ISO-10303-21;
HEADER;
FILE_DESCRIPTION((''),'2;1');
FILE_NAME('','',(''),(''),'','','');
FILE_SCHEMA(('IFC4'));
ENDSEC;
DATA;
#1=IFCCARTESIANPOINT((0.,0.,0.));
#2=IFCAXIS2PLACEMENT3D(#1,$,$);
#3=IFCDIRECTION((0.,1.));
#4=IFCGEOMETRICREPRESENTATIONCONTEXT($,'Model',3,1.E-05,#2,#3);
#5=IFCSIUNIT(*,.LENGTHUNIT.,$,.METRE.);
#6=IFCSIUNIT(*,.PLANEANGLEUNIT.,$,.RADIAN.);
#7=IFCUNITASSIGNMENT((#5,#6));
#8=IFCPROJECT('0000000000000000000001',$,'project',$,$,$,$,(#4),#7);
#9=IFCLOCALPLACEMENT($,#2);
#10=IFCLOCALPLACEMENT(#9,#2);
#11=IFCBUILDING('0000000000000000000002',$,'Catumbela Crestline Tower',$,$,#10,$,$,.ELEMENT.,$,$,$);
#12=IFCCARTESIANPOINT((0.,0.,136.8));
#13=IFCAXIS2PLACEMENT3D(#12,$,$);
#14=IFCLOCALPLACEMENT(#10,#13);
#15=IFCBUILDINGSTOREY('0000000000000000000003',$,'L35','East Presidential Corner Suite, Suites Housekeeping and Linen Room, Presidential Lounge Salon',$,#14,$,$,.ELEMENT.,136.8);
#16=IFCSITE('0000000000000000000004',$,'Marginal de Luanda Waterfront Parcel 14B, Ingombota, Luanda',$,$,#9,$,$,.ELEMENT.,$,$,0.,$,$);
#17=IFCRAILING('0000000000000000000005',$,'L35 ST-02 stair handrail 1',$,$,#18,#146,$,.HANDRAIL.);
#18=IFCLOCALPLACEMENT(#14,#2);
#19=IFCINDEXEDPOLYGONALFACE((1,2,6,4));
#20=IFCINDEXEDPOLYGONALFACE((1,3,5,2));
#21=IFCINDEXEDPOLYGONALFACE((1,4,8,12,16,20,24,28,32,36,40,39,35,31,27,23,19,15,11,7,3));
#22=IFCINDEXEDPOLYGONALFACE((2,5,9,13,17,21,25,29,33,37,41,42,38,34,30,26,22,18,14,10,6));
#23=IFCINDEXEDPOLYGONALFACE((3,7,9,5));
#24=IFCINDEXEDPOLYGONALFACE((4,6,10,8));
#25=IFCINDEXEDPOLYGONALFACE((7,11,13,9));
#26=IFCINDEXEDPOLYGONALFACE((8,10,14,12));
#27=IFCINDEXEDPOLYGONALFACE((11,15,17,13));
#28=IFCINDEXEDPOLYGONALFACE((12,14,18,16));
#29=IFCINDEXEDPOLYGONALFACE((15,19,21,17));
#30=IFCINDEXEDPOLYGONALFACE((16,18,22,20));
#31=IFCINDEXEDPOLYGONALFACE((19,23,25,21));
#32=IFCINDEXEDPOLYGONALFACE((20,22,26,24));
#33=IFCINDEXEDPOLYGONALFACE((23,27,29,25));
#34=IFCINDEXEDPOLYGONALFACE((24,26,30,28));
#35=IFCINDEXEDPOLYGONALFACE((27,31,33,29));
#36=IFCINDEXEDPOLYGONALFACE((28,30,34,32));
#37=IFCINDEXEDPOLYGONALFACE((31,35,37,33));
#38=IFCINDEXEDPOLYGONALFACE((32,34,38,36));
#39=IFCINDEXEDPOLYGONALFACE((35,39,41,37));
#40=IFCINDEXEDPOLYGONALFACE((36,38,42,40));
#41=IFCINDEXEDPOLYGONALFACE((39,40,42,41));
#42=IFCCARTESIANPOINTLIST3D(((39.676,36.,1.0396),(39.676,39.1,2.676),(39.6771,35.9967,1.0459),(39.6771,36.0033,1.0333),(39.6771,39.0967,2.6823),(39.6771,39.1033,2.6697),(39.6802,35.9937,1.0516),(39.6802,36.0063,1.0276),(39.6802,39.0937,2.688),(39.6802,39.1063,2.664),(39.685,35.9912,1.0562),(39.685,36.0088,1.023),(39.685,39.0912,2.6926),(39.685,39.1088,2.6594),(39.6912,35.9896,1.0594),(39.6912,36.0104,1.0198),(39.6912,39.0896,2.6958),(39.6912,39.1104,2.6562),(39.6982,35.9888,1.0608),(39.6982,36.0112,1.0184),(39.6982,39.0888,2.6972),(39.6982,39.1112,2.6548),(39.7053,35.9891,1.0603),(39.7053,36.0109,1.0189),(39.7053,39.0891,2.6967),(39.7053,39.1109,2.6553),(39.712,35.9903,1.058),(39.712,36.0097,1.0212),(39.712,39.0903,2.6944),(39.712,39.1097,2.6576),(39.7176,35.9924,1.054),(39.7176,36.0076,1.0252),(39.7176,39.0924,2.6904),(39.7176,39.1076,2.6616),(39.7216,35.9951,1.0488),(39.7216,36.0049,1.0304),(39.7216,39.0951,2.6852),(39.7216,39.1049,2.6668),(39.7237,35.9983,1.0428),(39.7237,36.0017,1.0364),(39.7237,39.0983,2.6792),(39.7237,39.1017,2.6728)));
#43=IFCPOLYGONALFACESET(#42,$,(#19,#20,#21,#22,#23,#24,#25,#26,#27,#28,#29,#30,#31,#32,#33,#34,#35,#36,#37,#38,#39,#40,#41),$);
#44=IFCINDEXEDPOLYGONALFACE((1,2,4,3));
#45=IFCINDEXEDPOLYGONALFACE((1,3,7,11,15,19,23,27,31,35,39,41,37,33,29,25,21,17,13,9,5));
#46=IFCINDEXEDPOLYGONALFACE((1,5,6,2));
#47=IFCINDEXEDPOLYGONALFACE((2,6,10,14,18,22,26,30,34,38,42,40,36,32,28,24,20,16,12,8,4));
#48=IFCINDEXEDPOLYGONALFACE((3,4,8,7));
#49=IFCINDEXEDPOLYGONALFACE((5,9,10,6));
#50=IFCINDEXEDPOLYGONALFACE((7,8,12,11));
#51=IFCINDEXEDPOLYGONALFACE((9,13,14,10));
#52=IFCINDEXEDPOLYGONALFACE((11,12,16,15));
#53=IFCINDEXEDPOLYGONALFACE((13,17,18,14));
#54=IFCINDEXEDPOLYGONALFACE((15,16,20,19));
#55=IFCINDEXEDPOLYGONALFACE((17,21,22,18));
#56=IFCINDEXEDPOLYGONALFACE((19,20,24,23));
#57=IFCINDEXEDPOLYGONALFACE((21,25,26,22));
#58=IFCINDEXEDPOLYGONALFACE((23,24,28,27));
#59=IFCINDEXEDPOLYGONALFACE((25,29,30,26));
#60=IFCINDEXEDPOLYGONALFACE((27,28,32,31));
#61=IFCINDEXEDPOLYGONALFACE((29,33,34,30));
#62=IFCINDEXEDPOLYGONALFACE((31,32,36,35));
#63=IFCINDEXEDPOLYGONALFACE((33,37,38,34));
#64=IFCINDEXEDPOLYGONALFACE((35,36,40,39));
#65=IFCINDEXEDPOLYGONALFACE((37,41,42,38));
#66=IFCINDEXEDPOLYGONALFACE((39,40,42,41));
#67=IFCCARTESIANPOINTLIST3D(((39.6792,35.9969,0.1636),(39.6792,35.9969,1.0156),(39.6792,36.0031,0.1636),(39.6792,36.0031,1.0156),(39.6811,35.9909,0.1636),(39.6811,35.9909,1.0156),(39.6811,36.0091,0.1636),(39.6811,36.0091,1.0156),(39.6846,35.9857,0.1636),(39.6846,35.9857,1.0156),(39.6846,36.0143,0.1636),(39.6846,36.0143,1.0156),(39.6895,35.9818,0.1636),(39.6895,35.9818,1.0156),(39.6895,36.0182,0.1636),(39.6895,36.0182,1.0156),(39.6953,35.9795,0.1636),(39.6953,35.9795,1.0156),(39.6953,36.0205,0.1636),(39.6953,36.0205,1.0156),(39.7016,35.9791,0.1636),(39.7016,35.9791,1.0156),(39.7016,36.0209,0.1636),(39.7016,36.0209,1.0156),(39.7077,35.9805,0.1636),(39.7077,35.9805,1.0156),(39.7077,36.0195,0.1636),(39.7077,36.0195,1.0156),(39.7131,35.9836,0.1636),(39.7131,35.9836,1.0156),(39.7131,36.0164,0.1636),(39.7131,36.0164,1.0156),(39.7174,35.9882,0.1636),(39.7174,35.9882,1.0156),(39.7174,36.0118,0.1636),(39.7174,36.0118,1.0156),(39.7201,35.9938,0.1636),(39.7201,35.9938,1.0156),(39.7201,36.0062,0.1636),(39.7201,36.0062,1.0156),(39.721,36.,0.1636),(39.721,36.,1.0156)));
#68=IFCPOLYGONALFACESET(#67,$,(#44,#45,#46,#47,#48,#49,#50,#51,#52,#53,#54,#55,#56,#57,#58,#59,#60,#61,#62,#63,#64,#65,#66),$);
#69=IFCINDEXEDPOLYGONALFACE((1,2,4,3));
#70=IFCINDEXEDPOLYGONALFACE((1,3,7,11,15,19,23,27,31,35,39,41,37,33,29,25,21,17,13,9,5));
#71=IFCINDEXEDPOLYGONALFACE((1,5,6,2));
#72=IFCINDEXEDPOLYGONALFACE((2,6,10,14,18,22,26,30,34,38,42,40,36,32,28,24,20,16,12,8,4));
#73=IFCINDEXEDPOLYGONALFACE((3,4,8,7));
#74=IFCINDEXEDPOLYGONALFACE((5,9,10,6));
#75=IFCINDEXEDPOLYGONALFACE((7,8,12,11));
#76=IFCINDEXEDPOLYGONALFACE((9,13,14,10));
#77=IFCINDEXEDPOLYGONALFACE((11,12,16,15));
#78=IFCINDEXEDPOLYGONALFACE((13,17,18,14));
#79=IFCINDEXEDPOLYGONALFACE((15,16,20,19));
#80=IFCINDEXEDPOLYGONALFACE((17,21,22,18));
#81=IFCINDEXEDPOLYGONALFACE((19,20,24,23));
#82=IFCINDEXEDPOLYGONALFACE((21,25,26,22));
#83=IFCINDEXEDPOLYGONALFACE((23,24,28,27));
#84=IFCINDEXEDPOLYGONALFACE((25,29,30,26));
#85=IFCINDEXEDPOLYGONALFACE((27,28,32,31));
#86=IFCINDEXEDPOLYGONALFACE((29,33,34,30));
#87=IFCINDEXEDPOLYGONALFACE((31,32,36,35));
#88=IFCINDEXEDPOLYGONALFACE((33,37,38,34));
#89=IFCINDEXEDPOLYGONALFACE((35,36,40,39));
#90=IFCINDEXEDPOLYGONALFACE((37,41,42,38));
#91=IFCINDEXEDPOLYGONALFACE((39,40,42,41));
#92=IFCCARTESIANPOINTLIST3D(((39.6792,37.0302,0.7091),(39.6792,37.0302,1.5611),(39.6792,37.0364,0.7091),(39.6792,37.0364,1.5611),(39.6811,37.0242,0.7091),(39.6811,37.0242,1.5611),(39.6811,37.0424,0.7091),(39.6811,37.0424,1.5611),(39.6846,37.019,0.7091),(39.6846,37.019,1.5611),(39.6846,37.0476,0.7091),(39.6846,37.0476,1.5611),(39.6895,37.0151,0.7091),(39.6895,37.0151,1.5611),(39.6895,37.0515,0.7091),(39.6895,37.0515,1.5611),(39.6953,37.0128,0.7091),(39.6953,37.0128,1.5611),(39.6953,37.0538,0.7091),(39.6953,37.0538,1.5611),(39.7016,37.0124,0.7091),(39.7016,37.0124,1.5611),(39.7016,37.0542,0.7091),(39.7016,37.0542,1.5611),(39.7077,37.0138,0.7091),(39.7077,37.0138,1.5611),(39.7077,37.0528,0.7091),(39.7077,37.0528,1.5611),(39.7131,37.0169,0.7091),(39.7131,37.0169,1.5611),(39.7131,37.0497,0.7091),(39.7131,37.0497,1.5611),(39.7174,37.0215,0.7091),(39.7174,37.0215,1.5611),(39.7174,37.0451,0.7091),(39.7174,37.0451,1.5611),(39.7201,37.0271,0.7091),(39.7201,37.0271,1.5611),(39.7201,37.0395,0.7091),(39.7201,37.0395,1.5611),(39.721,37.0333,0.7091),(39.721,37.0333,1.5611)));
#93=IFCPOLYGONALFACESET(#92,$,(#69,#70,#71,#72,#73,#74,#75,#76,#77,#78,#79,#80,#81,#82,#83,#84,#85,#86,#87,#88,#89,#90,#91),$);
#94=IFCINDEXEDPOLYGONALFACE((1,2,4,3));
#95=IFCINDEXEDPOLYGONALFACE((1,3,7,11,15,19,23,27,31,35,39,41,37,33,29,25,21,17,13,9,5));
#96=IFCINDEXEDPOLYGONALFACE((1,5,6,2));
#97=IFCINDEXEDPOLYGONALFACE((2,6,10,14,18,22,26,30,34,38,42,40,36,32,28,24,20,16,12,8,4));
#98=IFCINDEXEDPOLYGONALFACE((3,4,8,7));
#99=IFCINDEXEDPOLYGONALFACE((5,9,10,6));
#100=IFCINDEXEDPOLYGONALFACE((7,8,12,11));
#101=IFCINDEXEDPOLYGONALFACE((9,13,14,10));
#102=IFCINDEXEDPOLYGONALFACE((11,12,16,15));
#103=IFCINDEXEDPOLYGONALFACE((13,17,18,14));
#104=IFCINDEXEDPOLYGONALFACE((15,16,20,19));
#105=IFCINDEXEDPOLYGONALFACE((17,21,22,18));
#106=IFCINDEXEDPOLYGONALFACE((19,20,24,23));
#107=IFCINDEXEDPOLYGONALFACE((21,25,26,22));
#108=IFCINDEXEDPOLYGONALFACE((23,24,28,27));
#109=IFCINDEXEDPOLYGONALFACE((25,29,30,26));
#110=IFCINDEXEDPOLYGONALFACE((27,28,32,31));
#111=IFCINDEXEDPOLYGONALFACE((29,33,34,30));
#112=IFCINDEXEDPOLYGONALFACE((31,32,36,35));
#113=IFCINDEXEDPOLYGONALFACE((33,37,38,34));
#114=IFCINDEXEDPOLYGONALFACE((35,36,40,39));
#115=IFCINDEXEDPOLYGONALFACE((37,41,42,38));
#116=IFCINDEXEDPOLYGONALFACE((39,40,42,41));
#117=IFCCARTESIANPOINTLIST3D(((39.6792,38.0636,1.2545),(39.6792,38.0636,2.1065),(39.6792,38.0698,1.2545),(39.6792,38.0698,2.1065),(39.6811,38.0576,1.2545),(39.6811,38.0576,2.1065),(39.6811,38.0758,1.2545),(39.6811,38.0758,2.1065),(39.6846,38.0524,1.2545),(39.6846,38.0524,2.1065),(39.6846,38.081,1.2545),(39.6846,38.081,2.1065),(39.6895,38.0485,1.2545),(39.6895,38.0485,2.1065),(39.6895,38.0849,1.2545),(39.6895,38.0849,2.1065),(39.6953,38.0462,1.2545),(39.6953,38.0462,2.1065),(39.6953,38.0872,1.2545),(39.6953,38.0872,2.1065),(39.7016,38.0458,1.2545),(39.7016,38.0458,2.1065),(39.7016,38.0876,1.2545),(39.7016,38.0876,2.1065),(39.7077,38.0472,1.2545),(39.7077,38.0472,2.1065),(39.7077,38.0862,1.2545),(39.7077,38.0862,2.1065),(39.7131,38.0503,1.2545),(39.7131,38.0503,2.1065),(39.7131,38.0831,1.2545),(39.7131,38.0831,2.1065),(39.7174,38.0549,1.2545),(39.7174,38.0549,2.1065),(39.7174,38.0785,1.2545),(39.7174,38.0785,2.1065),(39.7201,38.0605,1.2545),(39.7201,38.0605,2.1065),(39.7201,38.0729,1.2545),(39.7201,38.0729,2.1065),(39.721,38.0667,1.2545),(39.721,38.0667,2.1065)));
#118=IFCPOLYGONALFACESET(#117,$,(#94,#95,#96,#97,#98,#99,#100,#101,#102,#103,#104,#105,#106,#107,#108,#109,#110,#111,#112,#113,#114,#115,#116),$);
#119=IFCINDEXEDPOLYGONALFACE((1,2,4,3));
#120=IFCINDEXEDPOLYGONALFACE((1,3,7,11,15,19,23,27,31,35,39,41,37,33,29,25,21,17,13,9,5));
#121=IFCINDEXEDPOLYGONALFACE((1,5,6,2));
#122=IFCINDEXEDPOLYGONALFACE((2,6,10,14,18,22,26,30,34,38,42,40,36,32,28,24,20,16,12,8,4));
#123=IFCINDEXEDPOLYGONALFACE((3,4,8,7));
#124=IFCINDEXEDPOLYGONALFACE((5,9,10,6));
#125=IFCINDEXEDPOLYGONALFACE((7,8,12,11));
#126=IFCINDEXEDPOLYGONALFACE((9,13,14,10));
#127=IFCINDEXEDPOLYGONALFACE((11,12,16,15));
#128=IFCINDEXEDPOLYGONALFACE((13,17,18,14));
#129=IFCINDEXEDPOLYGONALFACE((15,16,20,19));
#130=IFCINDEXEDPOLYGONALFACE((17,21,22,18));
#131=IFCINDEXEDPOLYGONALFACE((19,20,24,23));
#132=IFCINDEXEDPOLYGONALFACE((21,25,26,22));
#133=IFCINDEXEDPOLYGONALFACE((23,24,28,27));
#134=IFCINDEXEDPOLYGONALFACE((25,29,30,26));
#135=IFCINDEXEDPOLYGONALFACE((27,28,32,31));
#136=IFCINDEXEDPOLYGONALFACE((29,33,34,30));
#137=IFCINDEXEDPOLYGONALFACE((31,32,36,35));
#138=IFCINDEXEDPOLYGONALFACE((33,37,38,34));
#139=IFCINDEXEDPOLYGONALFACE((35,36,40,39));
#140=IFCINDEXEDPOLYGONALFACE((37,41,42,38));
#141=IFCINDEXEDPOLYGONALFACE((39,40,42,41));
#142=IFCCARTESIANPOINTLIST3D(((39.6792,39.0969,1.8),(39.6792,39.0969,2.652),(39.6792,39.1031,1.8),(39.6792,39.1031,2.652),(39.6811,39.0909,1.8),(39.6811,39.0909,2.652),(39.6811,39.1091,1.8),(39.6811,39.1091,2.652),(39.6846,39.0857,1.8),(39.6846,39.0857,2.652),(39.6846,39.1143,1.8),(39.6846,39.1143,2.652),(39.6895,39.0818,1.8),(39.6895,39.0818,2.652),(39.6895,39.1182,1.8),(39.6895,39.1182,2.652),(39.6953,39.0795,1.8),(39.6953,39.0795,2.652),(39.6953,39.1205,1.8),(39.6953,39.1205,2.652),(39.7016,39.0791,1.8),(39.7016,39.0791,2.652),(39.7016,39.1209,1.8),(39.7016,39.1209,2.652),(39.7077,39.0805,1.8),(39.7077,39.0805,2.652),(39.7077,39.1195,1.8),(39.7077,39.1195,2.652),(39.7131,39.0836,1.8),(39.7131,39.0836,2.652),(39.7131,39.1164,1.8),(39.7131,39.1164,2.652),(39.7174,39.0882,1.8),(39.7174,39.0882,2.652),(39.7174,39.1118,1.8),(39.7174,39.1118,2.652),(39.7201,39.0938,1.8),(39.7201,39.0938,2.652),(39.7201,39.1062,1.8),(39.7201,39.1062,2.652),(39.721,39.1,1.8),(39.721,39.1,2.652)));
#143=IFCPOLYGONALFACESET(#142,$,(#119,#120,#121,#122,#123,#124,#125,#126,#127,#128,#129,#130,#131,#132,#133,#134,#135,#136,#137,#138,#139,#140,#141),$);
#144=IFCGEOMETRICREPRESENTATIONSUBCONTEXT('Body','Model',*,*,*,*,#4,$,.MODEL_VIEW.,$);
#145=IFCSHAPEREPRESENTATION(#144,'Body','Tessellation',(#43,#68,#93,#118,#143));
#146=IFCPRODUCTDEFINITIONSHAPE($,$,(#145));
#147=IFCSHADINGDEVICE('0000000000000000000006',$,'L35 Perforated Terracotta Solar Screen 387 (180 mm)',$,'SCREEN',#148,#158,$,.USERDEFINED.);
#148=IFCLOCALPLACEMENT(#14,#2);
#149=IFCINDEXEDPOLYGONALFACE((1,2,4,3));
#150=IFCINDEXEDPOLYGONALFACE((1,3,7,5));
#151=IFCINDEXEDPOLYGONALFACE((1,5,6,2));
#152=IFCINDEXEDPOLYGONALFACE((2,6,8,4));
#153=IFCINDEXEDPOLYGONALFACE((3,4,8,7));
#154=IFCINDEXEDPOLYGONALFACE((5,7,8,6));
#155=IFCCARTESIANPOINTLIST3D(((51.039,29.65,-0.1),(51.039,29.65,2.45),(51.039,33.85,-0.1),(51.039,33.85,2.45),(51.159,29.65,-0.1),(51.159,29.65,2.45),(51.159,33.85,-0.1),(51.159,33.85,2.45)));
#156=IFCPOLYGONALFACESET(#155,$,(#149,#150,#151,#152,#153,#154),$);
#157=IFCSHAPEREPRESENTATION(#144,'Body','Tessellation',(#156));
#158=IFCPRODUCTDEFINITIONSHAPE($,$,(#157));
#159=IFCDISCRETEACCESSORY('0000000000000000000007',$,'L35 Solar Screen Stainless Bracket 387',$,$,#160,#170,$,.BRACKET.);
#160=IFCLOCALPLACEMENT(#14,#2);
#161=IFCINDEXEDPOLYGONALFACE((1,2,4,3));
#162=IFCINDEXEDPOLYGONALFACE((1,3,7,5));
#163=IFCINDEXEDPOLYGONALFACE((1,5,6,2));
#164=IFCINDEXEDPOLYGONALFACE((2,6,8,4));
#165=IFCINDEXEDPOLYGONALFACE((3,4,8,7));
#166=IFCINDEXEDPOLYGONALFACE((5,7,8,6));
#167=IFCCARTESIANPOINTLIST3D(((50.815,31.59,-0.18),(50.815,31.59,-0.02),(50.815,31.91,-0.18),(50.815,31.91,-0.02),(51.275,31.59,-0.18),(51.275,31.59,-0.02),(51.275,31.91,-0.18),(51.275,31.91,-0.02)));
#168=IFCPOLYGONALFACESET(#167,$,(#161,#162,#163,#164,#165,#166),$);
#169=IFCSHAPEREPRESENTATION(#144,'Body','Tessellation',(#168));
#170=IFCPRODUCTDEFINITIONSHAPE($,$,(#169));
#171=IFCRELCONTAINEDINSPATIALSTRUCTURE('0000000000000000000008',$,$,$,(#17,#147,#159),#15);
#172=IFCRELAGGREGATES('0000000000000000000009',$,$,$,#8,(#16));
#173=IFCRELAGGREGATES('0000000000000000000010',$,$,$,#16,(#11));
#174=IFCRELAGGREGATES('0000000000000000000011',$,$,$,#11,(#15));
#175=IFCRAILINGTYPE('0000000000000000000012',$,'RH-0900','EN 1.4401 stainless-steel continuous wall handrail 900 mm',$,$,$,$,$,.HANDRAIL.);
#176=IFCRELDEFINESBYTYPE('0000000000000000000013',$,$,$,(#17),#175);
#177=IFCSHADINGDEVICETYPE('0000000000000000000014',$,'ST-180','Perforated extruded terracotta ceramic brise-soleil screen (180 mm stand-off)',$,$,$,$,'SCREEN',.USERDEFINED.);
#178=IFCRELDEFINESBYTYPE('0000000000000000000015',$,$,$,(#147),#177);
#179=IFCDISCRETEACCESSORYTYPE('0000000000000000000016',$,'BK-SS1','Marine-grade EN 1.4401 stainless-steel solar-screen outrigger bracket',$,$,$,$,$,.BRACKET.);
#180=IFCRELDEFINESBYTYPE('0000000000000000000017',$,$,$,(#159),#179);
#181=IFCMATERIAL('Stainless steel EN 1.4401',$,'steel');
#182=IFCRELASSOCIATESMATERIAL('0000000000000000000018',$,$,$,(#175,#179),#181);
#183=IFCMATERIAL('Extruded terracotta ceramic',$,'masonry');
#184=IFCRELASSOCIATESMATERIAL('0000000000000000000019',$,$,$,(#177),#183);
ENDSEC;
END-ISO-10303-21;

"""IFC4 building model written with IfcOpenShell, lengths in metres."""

from ifc_helpers import new_model, si_unit, direction, frame, origin, origin_2d, place, context, subcontext, project, spatial, rectangle, circle, extrude, material, type_object, element, save


model = new_model("IFC4")

# Units and contexts
model_context = context("Model", 3, precision=1e-05, world=origin(), true_north=direction((0.0, 1.0)))
body_context = subcontext(model_context, "Body", "Model", "MODEL_VIEW")
ifc_project = project(units=[si_unit("LENGTHUNIT", "METRE"), si_unit("PLANEANGLEUNIT", "RADIAN")], contexts=[model_context])

# Site, building, storey
site_placement = place(None, origin())
site = spatial("IfcSite", under=ifc_project, at=site_placement, Name="Marginal de Luanda Waterfront Parcel 14B, Ingombota, Luanda", CompositionType="ELEMENT", RefElevation=0.0)
building_placement = place(site_placement, origin())
building = spatial("IfcBuilding", under=site, at=building_placement, Name="Catumbela Crestline Tower", CompositionType="ELEMENT")
storey_placement = place(building_placement, frame((0.0, 0.0, 136.8)))
storey = spatial("IfcBuildingStorey", under=building, at=storey_placement, Name="L35", Description="East Presidential Corner Suite, Suites Housekeeping and Linen Room, Presidential Lounge Salon", CompositionType="ELEMENT", Elevation=136.8)

# Railing
ifc_material_1 = material(Name="Stainless steel EN 1.4401", Category="steel")
railing_type = type_object("IfcRailingType", Name="RH-0900", Description="EN 1.4401 stainless-steel continuous wall handrail 900 mm", PredefinedType="HANDRAIL", material=ifc_material_1)
railing_placement = place(storey_placement, frame((39.7, 36.0, 0.1636)))
element("IfcRailing", 1, at=railing_placement, inside=storey, type_object=railing_type, Name="L35 ST-02 stair handrail 1", PredefinedType="HANDRAIL", context=body_context, shape_type="SweptSolid", body=[
    extrude(circle(Radius=0.024, at=origin_2d()), frame((0.0, 0.0, 0.876), z_axis=(0.0, 0.884351, 0.466823), x_axis=(-1.0, 0.0, 0.0)), (0.0, 0.0, 1.0), 3.5054),
    extrude(circle(Radius=0.021, at=origin_2d()), origin(), (0.0, 0.0, 1.0), 0.852),
    extrude(circle(Radius=0.021, at=origin_2d()), frame((0.0, 1.0333, 0.5455)), (0.0, 0.0, 1.0), 0.852),
    extrude(circle(Radius=0.021, at=origin_2d()), frame((0.0, 2.0667, 1.0909)), (0.0, 0.0, 1.0), 0.852),
    extrude(circle(Radius=0.021, at=origin_2d()), frame((0.0, 3.1, 1.6364)), (0.0, 0.0, 1.0), 0.852),
])

# Shading device
ifc_material_2 = material(Name="Extruded terracotta ceramic", Category="masonry")
shading_device_type = type_object("IfcShadingDeviceType", Name="ST-180", Description="Perforated extruded terracotta ceramic brise-soleil screen (180 mm stand-off)", ElementType="SCREEN", PredefinedType="USERDEFINED", material=ifc_material_2)
shading_device_placement = place(storey_placement, frame((51.099, 31.75, -0.1), z_axis=(0.0, 0.0, 1.0), x_axis=(0.0, 1.0, 0.0)))
element("IfcShadingDevice", 2, at=shading_device_placement, inside=storey, type_object=shading_device_type, Name="L35 Perforated Terracotta Solar Screen 387 (180 mm)", ObjectType="SCREEN", PredefinedType="USERDEFINED", context=body_context, shape_type="SweptSolid", body=[
    extrude(rectangle(XDim=4.2, YDim=0.12, at=origin_2d()), origin(), (0.0, 0.0, 1.0), 2.55),
])

# Discrete accessory
discrete_accessory_type = type_object("IfcDiscreteAccessoryType", Name="BK-SS1", Description="Marine-grade EN 1.4401 stainless-steel solar-screen outrigger bracket", PredefinedType="BRACKET", material=ifc_material_1)
discrete_accessory_placement = place(storey_placement, frame((51.045, 31.75, -0.18), z_axis=(0.0, 0.0, 1.0), x_axis=(0.0, 1.0, 0.0)))
element("IfcDiscreteAccessory", 3, at=discrete_accessory_placement, inside=storey, type_object=discrete_accessory_type, Name="L35 Solar Screen Stainless Bracket 387", PredefinedType="BRACKET", context=body_context, shape_type="SweptSolid", body=[
    extrude(rectangle(XDim=0.32, YDim=0.46, at=origin_2d()), origin(), (0.0, 0.0, 1.0), 0.16),
])

save(model, "model.ifc")
